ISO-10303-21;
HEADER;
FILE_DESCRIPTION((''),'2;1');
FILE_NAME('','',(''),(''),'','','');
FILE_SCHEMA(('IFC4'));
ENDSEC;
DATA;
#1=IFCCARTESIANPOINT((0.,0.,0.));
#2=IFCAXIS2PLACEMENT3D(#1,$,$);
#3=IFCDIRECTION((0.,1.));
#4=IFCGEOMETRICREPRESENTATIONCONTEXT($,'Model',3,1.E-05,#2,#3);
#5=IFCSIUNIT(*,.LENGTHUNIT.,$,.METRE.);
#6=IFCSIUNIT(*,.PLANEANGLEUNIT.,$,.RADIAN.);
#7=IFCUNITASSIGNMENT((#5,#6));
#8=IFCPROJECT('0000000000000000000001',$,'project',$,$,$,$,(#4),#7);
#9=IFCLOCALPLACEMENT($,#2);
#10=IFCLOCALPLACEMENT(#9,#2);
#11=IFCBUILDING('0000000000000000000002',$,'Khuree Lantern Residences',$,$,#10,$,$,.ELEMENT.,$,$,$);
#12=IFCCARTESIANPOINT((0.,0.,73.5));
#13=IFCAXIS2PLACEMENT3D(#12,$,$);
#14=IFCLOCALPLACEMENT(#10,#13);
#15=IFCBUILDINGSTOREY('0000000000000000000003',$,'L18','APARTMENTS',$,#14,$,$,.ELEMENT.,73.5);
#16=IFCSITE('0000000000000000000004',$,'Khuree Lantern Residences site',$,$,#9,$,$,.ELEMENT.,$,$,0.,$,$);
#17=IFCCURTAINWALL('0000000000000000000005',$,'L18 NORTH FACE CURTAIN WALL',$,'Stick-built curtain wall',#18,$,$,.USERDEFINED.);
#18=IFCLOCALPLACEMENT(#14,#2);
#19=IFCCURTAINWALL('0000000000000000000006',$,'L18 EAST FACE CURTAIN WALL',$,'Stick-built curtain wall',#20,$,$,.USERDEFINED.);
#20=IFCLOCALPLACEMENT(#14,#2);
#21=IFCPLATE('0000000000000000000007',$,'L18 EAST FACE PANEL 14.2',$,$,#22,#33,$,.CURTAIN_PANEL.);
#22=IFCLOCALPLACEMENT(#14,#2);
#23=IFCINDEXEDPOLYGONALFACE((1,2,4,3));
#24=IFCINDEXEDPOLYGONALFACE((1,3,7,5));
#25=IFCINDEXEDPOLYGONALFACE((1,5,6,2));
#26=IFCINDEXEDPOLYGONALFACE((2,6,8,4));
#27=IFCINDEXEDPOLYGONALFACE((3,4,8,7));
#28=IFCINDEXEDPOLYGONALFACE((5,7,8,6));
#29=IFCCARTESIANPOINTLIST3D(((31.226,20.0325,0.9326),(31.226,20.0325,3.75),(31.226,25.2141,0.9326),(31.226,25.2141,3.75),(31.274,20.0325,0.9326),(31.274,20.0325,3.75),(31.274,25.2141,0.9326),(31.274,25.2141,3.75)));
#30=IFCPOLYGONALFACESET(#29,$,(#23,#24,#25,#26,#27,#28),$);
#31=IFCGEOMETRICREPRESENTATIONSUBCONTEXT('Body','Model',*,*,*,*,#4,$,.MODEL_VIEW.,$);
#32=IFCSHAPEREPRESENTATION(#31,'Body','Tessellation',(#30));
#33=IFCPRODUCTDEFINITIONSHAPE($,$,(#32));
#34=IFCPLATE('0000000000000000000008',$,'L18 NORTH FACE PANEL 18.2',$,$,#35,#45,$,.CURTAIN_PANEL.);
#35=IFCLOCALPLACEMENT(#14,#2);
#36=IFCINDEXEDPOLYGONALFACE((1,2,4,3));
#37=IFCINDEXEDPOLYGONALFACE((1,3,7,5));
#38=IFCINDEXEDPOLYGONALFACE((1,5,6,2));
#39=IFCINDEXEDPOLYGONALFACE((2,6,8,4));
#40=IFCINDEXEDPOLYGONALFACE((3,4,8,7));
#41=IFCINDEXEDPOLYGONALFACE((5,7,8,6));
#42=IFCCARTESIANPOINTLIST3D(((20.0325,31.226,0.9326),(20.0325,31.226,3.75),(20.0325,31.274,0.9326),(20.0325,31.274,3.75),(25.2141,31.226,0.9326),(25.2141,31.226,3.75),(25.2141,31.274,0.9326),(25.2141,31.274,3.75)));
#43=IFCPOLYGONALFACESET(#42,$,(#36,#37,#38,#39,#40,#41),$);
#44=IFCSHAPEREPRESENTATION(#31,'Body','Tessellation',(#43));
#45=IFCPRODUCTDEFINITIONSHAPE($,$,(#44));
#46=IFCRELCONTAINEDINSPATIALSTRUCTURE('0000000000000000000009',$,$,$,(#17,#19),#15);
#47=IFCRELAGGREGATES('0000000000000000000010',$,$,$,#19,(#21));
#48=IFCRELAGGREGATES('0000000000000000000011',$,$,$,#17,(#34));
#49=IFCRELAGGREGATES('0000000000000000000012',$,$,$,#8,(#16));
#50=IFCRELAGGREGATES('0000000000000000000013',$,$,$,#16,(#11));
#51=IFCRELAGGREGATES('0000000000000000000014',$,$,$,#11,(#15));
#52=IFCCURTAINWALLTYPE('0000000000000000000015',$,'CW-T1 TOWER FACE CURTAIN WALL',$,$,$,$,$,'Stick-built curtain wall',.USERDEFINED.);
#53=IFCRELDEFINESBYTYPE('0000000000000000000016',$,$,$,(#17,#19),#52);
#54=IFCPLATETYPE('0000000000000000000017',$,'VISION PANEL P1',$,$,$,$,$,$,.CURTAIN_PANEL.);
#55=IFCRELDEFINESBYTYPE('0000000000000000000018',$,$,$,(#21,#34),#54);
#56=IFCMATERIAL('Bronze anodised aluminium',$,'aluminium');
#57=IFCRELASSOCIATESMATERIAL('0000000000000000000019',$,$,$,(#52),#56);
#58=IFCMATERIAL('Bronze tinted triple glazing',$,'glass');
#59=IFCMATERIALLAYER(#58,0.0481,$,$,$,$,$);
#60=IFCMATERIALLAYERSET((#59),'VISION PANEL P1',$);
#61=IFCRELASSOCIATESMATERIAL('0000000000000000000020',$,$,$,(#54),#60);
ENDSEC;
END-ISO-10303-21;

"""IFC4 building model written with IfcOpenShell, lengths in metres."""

from ifc_helpers import new_model, si_unit, direction, frame, origin, origin_2d, place, context, subcontext, project, spatial, rectangle, extrude, material, layer, layer_set, type_object, element, aggregate, save


model = new_model("IFC4")

# Units and contexts
model_context = context("Model", 3, precision=1e-05, world=origin(), true_north=direction((0.0, 1.0)))
body_context = subcontext(model_context, "Body", "Model", "MODEL_VIEW")
ifc_project = project(units=[si_unit("LENGTHUNIT", "METRE"), si_unit("PLANEANGLEUNIT", "RADIAN")], contexts=[model_context])

# Site, building, storey
site_placement = place(None, origin())
site = spatial("IfcSite", under=ifc_project, at=site_placement, Name="Khuree Lantern Residences site", CompositionType="ELEMENT", RefElevation=0.0)
building_placement = place(site_placement, origin())
building = spatial("IfcBuilding", under=site, at=building_placement, Name="Khuree Lantern Residences", CompositionType="ELEMENT")
storey_placement = place(building_placement, frame((0.0, 0.0, 73.5)))
storey = spatial("IfcBuildingStorey", under=building, at=storey_placement, Name="L18", Description="APARTMENTS", CompositionType="ELEMENT", Elevation=73.5)

# Curtain wall
ifc_material_1 = material(Name="Bronze anodised aluminium", Category="aluminium")
curtain_wall_type_1 = type_object("IfcCurtainWallType", Name="CW-T1 TOWER FACE CURTAIN WALL", ElementType="Stick-built curtain wall", PredefinedType="USERDEFINED", material=ifc_material_1)
curtain_wall_1_placement = place(storey_placement, origin())
curtain_wall_1 = element("IfcCurtainWall", 1, at=curtain_wall_1_placement, inside=storey, type_object=curtain_wall_type_1, Name="L18 NORTH FACE CURTAIN WALL", ObjectType="Stick-built curtain wall", PredefinedType="USERDEFINED")

# Curtain wall
curtain_wall_2_placement = place(storey_placement, origin())
curtain_wall_2 = element("IfcCurtainWall", 2, at=curtain_wall_2_placement, inside=storey, type_object=curtain_wall_type_1, Name="L18 EAST FACE CURTAIN WALL", ObjectType="Stick-built curtain wall", PredefinedType="USERDEFINED")

# Plates
ifc_material_2 = material(Name="Bronze tinted triple glazing", Category="glass")
ifc_layer_1 = layer(ifc_material_2, 0.0481)
ifc_layer_set_1 = layer_set([ifc_layer_1], Name="VISION PANEL P1")
plate_type_1 = type_object("IfcPlateType", Name="VISION PANEL P1", PredefinedType="CURTAIN_PANEL", material=ifc_layer_set_1)
plate_1_placement = place(storey_placement, frame((31.25, 22.6233, 0.9326), z_axis=(0.0, 0.0, 1.0), x_axis=(0.0, 1.0, 0.0)))
plate_1 = element("IfcPlate", 3, at=plate_1_placement, type_object=plate_type_1, Name="L18 EAST FACE PANEL 14.2", PredefinedType="CURTAIN_PANEL", context=body_context, shape_type="SweptSolid", body=[
    extrude(rectangle(XDim=5.1816, YDim=0.0481, at=origin_2d()), origin(), (0.0, 0.0, 1.0), 2.8174),
])
aggregate(curtain_wall_2, [plate_1])
plate_2_placement = place(storey_placement, frame((22.6233, 31.25, 0.9326), z_axis=(0.0, 0.0, 1.0), x_axis=(-1.0, 0.0, 0.0)))
plate_2 = element("IfcPlate", 4, at=plate_2_placement, type_object=plate_type_1, Name="L18 NORTH FACE PANEL 18.2", PredefinedType="CURTAIN_PANEL", context=body_context, shape_type="SweptSolid", body=[
    extrude(rectangle(XDim=5.1816, YDim=0.0481, at=origin_2d()), origin(), (0.0, 0.0, 1.0), 2.8174),
])
aggregate(curtain_wall_1, [plate_2])

save(model, "model.ifc")
